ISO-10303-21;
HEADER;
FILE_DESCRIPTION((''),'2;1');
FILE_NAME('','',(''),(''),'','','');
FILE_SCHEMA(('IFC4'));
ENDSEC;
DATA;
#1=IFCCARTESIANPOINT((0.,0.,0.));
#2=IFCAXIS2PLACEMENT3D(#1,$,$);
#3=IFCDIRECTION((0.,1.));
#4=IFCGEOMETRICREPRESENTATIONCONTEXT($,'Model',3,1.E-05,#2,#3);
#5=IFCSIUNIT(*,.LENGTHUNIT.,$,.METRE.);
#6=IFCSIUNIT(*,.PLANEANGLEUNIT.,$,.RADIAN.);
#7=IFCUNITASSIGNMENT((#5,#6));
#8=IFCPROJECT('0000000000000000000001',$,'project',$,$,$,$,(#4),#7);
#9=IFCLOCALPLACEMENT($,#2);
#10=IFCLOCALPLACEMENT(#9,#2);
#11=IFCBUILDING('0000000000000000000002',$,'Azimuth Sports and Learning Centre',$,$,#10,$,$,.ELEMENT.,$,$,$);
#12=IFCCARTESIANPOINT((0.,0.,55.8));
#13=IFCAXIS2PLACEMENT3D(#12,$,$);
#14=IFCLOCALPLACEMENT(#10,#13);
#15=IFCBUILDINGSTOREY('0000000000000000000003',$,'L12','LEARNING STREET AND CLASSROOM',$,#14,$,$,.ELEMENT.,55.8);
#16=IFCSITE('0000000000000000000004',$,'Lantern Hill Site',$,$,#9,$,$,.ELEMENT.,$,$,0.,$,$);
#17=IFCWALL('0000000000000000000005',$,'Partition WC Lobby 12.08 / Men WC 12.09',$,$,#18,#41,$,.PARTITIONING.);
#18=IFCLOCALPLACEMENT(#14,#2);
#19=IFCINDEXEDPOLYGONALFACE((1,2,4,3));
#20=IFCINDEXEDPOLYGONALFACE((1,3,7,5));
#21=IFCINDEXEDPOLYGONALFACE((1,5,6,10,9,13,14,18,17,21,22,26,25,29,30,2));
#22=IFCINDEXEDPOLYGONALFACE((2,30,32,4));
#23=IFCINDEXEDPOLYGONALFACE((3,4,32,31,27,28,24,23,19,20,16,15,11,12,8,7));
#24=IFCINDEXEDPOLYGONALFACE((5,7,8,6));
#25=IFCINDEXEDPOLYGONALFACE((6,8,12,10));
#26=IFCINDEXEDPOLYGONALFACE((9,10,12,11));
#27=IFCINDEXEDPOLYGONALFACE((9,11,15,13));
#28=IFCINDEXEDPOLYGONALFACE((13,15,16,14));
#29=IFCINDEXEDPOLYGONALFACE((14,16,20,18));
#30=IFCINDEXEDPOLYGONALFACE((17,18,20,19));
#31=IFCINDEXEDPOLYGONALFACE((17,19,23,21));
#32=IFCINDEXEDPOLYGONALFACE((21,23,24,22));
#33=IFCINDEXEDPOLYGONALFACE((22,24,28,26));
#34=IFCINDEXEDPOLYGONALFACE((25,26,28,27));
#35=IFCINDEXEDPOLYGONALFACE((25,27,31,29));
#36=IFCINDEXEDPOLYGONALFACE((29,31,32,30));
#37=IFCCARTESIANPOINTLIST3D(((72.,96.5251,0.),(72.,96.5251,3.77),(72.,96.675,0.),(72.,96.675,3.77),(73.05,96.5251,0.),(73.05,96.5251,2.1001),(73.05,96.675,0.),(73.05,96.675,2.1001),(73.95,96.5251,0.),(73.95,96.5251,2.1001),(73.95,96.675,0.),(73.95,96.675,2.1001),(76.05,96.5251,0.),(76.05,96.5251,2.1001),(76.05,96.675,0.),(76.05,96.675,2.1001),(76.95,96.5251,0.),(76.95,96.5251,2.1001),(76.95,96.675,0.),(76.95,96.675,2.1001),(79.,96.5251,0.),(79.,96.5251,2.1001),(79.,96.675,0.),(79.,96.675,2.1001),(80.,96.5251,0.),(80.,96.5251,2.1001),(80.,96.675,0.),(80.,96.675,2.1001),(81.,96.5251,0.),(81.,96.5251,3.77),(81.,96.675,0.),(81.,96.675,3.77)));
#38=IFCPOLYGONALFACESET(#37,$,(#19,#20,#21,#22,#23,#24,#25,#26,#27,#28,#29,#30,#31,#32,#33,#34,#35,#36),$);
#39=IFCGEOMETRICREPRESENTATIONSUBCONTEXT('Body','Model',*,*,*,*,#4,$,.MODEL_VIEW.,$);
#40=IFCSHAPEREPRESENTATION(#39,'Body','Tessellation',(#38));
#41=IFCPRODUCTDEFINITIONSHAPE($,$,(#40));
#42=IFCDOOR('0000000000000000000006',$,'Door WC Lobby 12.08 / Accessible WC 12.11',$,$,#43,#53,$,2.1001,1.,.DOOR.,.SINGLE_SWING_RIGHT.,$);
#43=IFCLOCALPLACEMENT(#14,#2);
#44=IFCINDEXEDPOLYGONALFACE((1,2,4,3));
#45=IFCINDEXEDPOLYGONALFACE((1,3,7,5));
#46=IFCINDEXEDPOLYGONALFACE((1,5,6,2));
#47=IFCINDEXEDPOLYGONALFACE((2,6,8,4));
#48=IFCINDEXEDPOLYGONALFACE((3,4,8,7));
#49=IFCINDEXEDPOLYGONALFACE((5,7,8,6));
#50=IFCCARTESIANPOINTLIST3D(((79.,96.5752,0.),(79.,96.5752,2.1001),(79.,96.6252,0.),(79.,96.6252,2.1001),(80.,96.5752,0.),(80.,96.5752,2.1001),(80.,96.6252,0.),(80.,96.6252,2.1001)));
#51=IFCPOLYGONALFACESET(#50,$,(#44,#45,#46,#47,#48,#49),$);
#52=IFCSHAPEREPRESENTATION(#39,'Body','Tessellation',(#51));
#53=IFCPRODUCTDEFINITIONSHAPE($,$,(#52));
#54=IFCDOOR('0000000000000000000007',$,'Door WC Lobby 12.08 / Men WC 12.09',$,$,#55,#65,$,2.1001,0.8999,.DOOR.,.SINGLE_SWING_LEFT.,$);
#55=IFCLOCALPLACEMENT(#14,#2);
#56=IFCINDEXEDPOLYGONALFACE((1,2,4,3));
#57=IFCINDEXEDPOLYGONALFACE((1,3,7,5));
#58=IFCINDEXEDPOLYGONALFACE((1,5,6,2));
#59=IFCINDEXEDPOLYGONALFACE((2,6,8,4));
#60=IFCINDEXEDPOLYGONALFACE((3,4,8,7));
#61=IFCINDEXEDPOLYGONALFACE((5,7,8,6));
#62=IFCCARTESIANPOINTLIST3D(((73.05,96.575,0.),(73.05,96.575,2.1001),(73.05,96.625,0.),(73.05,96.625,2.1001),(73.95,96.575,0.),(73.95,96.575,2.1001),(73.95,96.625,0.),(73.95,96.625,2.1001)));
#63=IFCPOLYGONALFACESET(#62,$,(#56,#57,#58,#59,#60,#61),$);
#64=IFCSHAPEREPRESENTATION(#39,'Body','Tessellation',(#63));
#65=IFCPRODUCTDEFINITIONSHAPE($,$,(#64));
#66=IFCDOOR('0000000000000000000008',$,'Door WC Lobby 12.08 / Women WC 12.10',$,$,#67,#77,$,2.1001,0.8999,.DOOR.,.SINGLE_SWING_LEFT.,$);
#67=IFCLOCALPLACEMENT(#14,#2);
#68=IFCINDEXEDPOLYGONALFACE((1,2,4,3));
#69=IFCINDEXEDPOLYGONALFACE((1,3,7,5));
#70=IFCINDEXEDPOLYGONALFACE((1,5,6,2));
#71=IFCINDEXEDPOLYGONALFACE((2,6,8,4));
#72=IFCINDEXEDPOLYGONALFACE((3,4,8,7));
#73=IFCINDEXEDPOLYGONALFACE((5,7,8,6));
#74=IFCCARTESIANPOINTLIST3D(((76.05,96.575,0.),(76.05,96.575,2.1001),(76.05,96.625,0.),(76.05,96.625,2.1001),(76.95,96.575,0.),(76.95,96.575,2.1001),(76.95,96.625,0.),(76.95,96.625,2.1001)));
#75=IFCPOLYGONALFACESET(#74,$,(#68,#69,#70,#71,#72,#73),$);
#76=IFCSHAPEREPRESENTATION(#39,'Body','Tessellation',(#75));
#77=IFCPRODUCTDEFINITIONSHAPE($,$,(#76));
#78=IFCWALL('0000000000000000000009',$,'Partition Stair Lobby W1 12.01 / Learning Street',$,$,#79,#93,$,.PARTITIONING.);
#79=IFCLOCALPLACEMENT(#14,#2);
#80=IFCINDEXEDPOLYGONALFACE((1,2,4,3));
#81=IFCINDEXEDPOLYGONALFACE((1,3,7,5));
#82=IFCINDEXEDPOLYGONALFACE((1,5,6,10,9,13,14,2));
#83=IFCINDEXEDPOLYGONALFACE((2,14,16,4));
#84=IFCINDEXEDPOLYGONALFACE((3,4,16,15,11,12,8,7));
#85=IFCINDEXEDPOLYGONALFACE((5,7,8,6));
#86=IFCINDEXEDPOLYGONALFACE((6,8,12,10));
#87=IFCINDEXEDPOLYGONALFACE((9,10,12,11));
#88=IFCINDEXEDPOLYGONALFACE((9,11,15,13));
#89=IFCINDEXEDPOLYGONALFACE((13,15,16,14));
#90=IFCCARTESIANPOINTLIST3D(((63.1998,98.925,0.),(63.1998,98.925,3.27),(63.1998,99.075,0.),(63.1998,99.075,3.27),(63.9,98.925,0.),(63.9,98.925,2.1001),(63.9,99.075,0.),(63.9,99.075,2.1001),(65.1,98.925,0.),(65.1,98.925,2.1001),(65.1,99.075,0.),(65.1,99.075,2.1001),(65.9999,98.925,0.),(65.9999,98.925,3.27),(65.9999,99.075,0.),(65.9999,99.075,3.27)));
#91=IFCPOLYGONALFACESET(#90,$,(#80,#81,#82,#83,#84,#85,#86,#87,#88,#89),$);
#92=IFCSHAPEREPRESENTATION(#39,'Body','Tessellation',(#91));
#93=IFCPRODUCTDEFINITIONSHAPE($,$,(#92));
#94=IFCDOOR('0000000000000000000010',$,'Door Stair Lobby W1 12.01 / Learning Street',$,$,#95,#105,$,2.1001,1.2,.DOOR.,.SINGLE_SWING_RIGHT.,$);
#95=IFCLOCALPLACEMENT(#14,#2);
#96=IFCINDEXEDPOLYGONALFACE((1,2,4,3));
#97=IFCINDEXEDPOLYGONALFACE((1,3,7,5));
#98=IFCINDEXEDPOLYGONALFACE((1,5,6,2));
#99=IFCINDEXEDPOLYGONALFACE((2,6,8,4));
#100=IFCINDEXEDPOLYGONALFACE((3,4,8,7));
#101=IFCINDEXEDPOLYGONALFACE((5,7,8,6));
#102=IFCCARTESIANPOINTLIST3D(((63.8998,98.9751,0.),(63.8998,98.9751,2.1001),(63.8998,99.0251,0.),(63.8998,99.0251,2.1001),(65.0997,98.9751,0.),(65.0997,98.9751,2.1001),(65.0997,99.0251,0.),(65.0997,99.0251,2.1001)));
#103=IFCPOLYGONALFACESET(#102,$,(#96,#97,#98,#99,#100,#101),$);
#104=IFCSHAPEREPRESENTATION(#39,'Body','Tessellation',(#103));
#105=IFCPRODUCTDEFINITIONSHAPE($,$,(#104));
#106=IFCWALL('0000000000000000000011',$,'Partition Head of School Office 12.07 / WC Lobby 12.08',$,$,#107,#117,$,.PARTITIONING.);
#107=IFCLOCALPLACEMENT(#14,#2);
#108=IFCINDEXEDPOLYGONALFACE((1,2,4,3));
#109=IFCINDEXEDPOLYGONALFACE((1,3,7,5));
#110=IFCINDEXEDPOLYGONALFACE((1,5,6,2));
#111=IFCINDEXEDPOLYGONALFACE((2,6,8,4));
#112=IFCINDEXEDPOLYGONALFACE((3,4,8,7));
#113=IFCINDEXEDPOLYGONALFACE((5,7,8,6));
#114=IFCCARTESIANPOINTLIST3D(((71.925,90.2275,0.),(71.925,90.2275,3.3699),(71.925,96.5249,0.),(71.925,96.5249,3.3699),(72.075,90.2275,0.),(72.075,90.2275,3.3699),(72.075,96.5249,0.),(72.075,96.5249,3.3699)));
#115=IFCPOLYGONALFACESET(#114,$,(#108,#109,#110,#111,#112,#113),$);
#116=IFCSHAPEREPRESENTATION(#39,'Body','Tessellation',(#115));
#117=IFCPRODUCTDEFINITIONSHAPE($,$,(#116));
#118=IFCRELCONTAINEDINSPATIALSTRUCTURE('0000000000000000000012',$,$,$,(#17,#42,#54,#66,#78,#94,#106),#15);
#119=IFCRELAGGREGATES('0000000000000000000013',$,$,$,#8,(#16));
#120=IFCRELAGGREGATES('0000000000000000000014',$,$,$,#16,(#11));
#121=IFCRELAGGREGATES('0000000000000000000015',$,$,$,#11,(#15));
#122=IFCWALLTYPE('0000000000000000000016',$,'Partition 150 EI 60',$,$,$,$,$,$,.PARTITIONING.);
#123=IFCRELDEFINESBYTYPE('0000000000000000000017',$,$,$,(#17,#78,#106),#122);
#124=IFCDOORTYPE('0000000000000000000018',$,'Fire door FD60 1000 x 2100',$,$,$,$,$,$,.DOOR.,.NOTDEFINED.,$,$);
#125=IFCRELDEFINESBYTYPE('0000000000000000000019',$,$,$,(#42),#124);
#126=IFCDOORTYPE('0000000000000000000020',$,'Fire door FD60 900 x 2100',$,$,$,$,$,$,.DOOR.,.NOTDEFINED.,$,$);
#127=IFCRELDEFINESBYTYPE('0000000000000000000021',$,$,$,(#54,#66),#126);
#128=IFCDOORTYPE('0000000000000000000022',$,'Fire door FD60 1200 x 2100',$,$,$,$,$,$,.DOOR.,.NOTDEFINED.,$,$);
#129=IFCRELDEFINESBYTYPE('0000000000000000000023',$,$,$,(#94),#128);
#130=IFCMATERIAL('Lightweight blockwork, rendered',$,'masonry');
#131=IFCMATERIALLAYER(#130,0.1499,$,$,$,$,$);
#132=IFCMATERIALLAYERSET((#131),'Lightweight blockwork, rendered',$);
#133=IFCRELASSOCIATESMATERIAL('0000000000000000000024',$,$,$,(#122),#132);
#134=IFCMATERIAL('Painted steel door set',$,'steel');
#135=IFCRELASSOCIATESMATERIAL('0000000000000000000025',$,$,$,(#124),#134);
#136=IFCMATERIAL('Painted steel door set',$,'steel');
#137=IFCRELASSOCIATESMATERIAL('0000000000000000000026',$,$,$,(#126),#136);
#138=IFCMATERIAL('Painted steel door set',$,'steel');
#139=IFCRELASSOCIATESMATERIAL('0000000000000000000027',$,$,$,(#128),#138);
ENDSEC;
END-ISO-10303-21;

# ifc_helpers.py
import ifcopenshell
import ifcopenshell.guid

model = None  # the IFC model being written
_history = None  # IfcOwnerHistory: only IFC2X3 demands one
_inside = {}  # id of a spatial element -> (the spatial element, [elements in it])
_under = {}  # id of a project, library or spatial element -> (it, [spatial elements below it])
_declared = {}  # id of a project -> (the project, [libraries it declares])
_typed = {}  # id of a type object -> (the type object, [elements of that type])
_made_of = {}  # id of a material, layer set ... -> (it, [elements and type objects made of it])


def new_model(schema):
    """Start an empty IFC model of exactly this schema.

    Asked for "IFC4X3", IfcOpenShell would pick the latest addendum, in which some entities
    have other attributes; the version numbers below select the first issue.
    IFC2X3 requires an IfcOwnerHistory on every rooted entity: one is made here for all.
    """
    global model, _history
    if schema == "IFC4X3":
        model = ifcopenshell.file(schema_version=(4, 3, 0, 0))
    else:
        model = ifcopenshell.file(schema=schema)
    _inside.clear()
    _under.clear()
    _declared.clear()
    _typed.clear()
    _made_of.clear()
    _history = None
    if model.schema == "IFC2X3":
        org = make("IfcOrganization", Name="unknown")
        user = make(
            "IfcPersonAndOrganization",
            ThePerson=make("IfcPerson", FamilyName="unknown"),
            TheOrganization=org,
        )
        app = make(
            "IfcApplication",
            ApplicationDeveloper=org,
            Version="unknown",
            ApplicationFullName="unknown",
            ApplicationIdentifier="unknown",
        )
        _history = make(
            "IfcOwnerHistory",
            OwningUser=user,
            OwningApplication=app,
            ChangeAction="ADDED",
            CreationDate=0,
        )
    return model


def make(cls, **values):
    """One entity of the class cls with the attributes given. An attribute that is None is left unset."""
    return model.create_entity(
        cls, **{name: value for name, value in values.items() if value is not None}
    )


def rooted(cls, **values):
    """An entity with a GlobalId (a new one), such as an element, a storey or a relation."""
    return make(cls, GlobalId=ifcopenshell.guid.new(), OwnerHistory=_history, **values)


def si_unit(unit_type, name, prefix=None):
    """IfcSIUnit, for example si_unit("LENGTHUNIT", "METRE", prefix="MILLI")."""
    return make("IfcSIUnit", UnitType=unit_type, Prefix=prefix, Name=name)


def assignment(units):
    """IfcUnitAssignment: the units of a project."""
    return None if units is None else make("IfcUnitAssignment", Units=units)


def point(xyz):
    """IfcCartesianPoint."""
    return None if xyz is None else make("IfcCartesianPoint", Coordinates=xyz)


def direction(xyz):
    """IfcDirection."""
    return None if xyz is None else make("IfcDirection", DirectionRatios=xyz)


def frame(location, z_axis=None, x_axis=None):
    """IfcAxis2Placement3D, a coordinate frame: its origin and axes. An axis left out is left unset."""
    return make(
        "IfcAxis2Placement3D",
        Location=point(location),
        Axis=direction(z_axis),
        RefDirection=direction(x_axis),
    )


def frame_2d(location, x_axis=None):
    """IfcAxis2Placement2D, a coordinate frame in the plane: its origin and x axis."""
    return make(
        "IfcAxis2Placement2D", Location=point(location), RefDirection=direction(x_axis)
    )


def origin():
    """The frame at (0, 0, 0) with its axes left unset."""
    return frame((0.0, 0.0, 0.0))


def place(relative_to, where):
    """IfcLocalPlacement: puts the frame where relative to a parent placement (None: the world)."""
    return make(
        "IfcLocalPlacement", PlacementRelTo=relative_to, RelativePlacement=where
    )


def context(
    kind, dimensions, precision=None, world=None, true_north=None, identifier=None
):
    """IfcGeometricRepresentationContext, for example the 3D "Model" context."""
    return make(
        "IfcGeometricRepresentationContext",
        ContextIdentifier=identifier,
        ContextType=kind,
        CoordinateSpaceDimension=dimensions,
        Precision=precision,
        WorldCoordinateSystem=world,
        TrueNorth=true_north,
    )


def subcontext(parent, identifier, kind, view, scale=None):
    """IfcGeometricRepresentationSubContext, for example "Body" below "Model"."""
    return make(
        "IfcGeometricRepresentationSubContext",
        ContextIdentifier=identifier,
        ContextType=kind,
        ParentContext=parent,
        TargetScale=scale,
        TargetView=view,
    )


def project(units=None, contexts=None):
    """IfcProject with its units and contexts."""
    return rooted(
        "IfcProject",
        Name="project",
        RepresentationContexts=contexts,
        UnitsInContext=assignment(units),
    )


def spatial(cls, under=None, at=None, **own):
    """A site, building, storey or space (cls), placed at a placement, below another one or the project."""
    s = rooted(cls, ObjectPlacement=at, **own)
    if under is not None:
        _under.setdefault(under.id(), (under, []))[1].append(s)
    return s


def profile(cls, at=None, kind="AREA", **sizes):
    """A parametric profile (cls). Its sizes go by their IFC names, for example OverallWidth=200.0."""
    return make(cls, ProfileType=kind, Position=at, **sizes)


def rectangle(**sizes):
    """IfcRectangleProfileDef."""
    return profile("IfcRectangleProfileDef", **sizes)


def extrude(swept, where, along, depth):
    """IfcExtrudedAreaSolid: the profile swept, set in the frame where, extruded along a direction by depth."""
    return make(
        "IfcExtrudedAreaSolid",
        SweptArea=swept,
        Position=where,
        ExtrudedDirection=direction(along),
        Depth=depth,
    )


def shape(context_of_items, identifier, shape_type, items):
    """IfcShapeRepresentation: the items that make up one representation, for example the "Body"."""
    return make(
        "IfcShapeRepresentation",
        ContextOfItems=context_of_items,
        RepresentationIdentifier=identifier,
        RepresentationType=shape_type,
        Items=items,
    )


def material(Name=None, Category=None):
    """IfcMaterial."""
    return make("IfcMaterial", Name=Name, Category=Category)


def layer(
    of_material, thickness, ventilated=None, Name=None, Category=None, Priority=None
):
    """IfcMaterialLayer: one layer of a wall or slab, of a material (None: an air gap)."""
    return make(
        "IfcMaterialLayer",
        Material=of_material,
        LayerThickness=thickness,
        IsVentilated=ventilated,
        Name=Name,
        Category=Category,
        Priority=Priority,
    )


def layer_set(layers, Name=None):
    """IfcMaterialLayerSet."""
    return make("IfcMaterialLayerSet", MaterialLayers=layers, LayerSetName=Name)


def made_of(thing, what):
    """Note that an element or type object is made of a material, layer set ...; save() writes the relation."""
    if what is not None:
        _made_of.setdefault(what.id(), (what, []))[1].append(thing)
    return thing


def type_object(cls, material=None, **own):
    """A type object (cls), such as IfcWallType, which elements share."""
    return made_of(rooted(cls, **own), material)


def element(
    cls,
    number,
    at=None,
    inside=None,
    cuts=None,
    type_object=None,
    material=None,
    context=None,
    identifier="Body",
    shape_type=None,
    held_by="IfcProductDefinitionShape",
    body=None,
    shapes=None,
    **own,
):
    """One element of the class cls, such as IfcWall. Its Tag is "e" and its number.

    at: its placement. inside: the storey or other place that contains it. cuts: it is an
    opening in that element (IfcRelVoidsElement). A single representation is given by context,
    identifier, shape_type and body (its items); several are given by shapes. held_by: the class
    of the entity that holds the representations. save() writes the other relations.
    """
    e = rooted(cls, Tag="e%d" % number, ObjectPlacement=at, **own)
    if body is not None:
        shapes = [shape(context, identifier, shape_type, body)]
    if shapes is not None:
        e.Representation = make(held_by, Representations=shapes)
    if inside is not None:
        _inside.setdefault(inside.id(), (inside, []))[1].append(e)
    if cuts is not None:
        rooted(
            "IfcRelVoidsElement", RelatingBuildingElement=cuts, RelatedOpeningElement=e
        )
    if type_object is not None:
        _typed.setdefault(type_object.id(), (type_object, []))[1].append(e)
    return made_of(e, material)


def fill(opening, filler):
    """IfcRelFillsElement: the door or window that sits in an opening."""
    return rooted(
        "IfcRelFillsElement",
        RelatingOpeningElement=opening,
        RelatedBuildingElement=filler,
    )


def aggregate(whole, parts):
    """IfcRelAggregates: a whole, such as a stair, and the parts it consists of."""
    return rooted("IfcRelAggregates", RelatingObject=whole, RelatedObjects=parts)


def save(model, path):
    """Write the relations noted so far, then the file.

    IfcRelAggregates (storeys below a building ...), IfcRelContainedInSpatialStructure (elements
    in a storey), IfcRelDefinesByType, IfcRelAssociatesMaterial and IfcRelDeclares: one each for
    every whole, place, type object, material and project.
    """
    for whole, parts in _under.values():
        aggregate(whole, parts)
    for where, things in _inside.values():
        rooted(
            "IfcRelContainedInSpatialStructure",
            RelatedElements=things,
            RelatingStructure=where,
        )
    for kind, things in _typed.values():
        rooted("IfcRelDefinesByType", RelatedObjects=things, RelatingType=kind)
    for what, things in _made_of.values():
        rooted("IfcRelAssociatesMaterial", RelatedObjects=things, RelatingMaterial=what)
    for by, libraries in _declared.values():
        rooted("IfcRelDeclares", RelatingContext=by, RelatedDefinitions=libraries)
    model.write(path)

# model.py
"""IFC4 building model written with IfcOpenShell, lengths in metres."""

from ifc_helpers import new_model, si_unit, direction, frame, frame_2d, origin, place, context, subcontext, project, spatial, rectangle, extrude, material, layer, layer_set, type_object, element, fill, save


model = new_model("IFC4")

# Units and contexts
model_context = context("Model", 3, precision=1e-05, world=origin(), true_north=direction((0.0, 1.0)))
body_context = subcontext(model_context, "Body", "Model", "MODEL_VIEW")
ifc_project = project(units=[si_unit("LENGTHUNIT", "METRE"), si_unit("PLANEANGLEUNIT", "RADIAN")], contexts=[model_context])

# Site, building, storey
site_placement = place(None, origin())
site = spatial("IfcSite", under=ifc_project, at=site_placement, Name="Lantern Hill Site", CompositionType="ELEMENT", RefElevation=0.0)
building_placement = place(site_placement, origin())
building = spatial("IfcBuilding", under=site, at=building_placement, Name="Azimuth Sports and Learning Centre", CompositionType="ELEMENT")
storey_placement = place(building_placement, frame((0.0, 0.0, 55.8)))
storey = spatial("IfcBuildingStorey", under=building, at=storey_placement, Name="L12", Description="LEARNING STREET AND CLASSROOM", CompositionType="ELEMENT", Elevation=55.8)

# Wall, openings, doors
ifc_material_1 = material(Name="Lightweight blockwork, rendered", Category="masonry")
ifc_layer_1 = layer(ifc_material_1, 0.1499)
ifc_layer_set_1 = layer_set([ifc_layer_1], Name="Lightweight blockwork, rendered")
wall_type_1 = type_object("IfcWallType", Name="Partition 150 EI 60", PredefinedType="PARTITIONING", material=ifc_layer_set_1)
wall_1_placement = place(storey_placement, frame((72.0, 96.6001, 0.0), z_axis=(0.0, 0.0, 1.0), x_axis=(1.0, 0.0, 0.0)))
wall_1 = element("IfcWall", 1, at=wall_1_placement, inside=storey, type_object=wall_type_1, Name="Partition WC Lobby 12.08 / Men WC 12.09", PredefinedType="PARTITIONING", context=body_context, shape_type="SweptSolid", body=[
    extrude(rectangle(XDim=9.0, YDim=0.1499, at=frame_2d((4.5, 0.0))), origin(), (0.0, 0.0, 1.0), 3.77),
])
opening_1_placement = place(wall_1_placement, frame((1.05, 0.0, 0.0)))
opening_1 = element("IfcOpeningElement", 2, at=opening_1_placement, cuts=wall_1, PredefinedType="OPENING", context=body_context, shape_type="SweptSolid", body=[
    extrude(rectangle(XDim=0.8999, YDim=2.1001, at=frame_2d((0.45, 1.05))), frame((0.0, 0.0859, 0.0), z_axis=(0.0, -1.0, 0.0), x_axis=(1.0, 0.0, 0.0)), (0.0, 0.0, 1.0), 0.1719),
])
opening_2_placement = place(wall_1_placement, frame((4.05, 0.0, 0.0)))
opening_2 = element("IfcOpeningElement", 3, at=opening_2_placement, cuts=wall_1, PredefinedType="OPENING", context=body_context, shape_type="SweptSolid", body=[
    extrude(rectangle(XDim=0.8999, YDim=2.1001, at=frame_2d((0.45, 1.05))), frame((0.0, 0.0859, 0.0), z_axis=(0.0, -1.0, 0.0), x_axis=(1.0, 0.0, 0.0)), (0.0, 0.0, 1.0), 0.1719),
])
opening_3_placement = place(wall_1_placement, frame((7.0, 0.0, 0.0)))
opening_3 = element("IfcOpeningElement", 4, at=opening_3_placement, cuts=wall_1, PredefinedType="OPENING", context=body_context, shape_type="SweptSolid", body=[
    extrude(rectangle(XDim=1.0, YDim=2.1001, at=frame_2d((0.5, 1.05))), frame((0.0, 0.0859, 0.0), z_axis=(0.0, -1.0, 0.0), x_axis=(1.0, 0.0, 0.0)), (0.0, 0.0, 1.0), 0.1719),
])
ifc_material_2 = material(Name="Painted steel door set", Category="steel")
door_type_1 = type_object("IfcDoorType", Name="Fire door FD60 1000 x 2100", OperationType="NOTDEFINED", PredefinedType="DOOR", material=ifc_material_2)
door_1_placement = place(opening_3_placement, frame((1.0, 0.0, 0.0), z_axis=(0.0, 0.0, 1.0), x_axis=(-1.0, 0.0, 0.0)))
door_1 = element("IfcDoor", 5, at=door_1_placement, inside=storey, type_object=door_type_1, Name="Door WC Lobby 12.08 / Accessible WC 12.11", OperationType="SINGLE_SWING_RIGHT", OverallHeight=2.1001, OverallWidth=1.0, PredefinedType="DOOR", context=body_context, shape_type="SweptSolid", body=[
    extrude(rectangle(XDim=1.0, YDim=2.1001, at=frame_2d((0.5, 1.05))), frame((0.0, 0.0249, 0.0), z_axis=(0.0, -1.0, 0.0), x_axis=(1.0, 0.0, 0.0)), (0.0, 0.0, 1.0), 0.05),
])
fill(opening_3, door_1)
ifc_material_3 = material(Name="Painted steel door set", Category="steel")
door_type_2 = type_object("IfcDoorType", Name="Fire door FD60 900 x 2100", OperationType="NOTDEFINED", PredefinedType="DOOR", material=ifc_material_3)
door_2_placement = place(opening_1_placement, origin())
door_2 = element("IfcDoor", 6, at=door_2_placement, inside=storey, type_object=door_type_2, Name="Door WC Lobby 12.08 / Men WC 12.09", OperationType="SINGLE_SWING_LEFT", OverallHeight=2.1001, OverallWidth=0.8999, PredefinedType="DOOR", context=body_context, shape_type="SweptSolid", body=[
    extrude(rectangle(XDim=0.8999, YDim=2.1001, at=frame_2d((0.45, 1.05))), frame((0.0, 0.0249, 0.0), z_axis=(0.0, -1.0, 0.0), x_axis=(1.0, 0.0, 0.0)), (0.0, 0.0, 1.0), 0.05),
])
fill(opening_1, door_2)
door_3_placement = place(opening_2_placement, origin())
door_3 = element("IfcDoor", 7, at=door_3_placement, inside=storey, type_object=door_type_2, Name="Door WC Lobby 12.08 / Women WC 12.10", OperationType="SINGLE_SWING_LEFT", OverallHeight=2.1001, OverallWidth=0.8999, PredefinedType="DOOR", context=body_context, shape_type="SweptSolid", body=[
    extrude(rectangle(XDim=0.8999, YDim=2.1001, at=frame_2d((0.45, 1.05))), frame((0.0, 0.0249, 0.0), z_axis=(0.0, -1.0, 0.0), x_axis=(1.0, 0.0, 0.0)), (0.0, 0.0, 1.0), 0.05),
])
fill(opening_2, door_3)

# Wall, opening, door
wall_2_placement = place(storey_placement, frame((63.2, 99.0, 0.0), z_axis=(0.0, 0.0, 1.0), x_axis=(1.0, 0.0, 0.0)))
wall_2 = element("IfcWall", 8, at=wall_2_placement, inside=storey, type_object=wall_type_1, Name="Partition Stair Lobby W1 12.01 / Learning Street", PredefinedType="PARTITIONING", context=body_context, shape_type="SweptSolid", body=[
    extrude(rectangle(XDim=2.8, YDim=0.1499, at=frame_2d((1.3999, 0.0))), origin(), (0.0, 0.0, 1.0), 3.27),
])
opening_4_placement = place(wall_2_placement, frame((0.7, 0.0, 0.0)))
opening_4 = element("IfcOpeningElement", 9, at=opening_4_placement, cuts=wall_2, PredefinedType="OPENING", context=body_context, shape_type="SweptSolid", body=[
    extrude(rectangle(XDim=1.2, YDim=2.1001, at=frame_2d((0.6001, 1.05))), frame((0.0, 0.0859, 0.0), z_axis=(0.0, -1.0, 0.0), x_axis=(1.0, 0.0, 0.0)), (0.0, 0.0, 1.0), 0.1719),
])
ifc_material_4 = material(Name="Painted steel door set", Category="steel")
door_type_3 = type_object("IfcDoorType", Name="Fire door FD60 1200 x 2100", OperationType="NOTDEFINED", PredefinedType="DOOR", material=ifc_material_4)
door_4_placement = place(opening_4_placement, frame((1.2, 0.0, 0.0), z_axis=(0.0, 0.0, 1.0), x_axis=(-1.0, 0.0, 0.0)))
door_4 = element("IfcDoor", 10, at=door_4_placement, inside=storey, type_object=door_type_3, Name="Door Stair Lobby W1 12.01 / Learning Street", OperationType="SINGLE_SWING_RIGHT", OverallHeight=2.1001, OverallWidth=1.2, PredefinedType="DOOR", context=body_context, shape_type="SweptSolid", body=[
    extrude(rectangle(XDim=1.2, YDim=2.1001, at=frame_2d((0.6001, 1.05))), frame((0.0, 0.0249, 0.0), z_axis=(0.0, -1.0, 0.0), x_axis=(1.0, 0.0, 0.0)), (0.0, 0.0, 1.0), 0.05),
])
fill(opening_4, door_4)

# Wall
wall_3_placement = place(storey_placement, frame((72.0, 90.2275, 0.0), z_axis=(0.0, 0.0, 1.0), x_axis=(0.0, 1.0, 0.0)))
element("IfcWall", 11, at=wall_3_placement, inside=storey, type_object=wall_type_1, Name="Partition Head of School Office 12.07 / WC Lobby 12.08", PredefinedType="PARTITIONING", context=body_context, shape_type="SweptSolid", body=[
    extrude(rectangle(XDim=6.2974, YDim=0.1499, at=frame_2d((3.1487, 0.0))), origin(), (0.0, 0.0, 1.0), 3.3699),
])

save(model, "model.ifc")
